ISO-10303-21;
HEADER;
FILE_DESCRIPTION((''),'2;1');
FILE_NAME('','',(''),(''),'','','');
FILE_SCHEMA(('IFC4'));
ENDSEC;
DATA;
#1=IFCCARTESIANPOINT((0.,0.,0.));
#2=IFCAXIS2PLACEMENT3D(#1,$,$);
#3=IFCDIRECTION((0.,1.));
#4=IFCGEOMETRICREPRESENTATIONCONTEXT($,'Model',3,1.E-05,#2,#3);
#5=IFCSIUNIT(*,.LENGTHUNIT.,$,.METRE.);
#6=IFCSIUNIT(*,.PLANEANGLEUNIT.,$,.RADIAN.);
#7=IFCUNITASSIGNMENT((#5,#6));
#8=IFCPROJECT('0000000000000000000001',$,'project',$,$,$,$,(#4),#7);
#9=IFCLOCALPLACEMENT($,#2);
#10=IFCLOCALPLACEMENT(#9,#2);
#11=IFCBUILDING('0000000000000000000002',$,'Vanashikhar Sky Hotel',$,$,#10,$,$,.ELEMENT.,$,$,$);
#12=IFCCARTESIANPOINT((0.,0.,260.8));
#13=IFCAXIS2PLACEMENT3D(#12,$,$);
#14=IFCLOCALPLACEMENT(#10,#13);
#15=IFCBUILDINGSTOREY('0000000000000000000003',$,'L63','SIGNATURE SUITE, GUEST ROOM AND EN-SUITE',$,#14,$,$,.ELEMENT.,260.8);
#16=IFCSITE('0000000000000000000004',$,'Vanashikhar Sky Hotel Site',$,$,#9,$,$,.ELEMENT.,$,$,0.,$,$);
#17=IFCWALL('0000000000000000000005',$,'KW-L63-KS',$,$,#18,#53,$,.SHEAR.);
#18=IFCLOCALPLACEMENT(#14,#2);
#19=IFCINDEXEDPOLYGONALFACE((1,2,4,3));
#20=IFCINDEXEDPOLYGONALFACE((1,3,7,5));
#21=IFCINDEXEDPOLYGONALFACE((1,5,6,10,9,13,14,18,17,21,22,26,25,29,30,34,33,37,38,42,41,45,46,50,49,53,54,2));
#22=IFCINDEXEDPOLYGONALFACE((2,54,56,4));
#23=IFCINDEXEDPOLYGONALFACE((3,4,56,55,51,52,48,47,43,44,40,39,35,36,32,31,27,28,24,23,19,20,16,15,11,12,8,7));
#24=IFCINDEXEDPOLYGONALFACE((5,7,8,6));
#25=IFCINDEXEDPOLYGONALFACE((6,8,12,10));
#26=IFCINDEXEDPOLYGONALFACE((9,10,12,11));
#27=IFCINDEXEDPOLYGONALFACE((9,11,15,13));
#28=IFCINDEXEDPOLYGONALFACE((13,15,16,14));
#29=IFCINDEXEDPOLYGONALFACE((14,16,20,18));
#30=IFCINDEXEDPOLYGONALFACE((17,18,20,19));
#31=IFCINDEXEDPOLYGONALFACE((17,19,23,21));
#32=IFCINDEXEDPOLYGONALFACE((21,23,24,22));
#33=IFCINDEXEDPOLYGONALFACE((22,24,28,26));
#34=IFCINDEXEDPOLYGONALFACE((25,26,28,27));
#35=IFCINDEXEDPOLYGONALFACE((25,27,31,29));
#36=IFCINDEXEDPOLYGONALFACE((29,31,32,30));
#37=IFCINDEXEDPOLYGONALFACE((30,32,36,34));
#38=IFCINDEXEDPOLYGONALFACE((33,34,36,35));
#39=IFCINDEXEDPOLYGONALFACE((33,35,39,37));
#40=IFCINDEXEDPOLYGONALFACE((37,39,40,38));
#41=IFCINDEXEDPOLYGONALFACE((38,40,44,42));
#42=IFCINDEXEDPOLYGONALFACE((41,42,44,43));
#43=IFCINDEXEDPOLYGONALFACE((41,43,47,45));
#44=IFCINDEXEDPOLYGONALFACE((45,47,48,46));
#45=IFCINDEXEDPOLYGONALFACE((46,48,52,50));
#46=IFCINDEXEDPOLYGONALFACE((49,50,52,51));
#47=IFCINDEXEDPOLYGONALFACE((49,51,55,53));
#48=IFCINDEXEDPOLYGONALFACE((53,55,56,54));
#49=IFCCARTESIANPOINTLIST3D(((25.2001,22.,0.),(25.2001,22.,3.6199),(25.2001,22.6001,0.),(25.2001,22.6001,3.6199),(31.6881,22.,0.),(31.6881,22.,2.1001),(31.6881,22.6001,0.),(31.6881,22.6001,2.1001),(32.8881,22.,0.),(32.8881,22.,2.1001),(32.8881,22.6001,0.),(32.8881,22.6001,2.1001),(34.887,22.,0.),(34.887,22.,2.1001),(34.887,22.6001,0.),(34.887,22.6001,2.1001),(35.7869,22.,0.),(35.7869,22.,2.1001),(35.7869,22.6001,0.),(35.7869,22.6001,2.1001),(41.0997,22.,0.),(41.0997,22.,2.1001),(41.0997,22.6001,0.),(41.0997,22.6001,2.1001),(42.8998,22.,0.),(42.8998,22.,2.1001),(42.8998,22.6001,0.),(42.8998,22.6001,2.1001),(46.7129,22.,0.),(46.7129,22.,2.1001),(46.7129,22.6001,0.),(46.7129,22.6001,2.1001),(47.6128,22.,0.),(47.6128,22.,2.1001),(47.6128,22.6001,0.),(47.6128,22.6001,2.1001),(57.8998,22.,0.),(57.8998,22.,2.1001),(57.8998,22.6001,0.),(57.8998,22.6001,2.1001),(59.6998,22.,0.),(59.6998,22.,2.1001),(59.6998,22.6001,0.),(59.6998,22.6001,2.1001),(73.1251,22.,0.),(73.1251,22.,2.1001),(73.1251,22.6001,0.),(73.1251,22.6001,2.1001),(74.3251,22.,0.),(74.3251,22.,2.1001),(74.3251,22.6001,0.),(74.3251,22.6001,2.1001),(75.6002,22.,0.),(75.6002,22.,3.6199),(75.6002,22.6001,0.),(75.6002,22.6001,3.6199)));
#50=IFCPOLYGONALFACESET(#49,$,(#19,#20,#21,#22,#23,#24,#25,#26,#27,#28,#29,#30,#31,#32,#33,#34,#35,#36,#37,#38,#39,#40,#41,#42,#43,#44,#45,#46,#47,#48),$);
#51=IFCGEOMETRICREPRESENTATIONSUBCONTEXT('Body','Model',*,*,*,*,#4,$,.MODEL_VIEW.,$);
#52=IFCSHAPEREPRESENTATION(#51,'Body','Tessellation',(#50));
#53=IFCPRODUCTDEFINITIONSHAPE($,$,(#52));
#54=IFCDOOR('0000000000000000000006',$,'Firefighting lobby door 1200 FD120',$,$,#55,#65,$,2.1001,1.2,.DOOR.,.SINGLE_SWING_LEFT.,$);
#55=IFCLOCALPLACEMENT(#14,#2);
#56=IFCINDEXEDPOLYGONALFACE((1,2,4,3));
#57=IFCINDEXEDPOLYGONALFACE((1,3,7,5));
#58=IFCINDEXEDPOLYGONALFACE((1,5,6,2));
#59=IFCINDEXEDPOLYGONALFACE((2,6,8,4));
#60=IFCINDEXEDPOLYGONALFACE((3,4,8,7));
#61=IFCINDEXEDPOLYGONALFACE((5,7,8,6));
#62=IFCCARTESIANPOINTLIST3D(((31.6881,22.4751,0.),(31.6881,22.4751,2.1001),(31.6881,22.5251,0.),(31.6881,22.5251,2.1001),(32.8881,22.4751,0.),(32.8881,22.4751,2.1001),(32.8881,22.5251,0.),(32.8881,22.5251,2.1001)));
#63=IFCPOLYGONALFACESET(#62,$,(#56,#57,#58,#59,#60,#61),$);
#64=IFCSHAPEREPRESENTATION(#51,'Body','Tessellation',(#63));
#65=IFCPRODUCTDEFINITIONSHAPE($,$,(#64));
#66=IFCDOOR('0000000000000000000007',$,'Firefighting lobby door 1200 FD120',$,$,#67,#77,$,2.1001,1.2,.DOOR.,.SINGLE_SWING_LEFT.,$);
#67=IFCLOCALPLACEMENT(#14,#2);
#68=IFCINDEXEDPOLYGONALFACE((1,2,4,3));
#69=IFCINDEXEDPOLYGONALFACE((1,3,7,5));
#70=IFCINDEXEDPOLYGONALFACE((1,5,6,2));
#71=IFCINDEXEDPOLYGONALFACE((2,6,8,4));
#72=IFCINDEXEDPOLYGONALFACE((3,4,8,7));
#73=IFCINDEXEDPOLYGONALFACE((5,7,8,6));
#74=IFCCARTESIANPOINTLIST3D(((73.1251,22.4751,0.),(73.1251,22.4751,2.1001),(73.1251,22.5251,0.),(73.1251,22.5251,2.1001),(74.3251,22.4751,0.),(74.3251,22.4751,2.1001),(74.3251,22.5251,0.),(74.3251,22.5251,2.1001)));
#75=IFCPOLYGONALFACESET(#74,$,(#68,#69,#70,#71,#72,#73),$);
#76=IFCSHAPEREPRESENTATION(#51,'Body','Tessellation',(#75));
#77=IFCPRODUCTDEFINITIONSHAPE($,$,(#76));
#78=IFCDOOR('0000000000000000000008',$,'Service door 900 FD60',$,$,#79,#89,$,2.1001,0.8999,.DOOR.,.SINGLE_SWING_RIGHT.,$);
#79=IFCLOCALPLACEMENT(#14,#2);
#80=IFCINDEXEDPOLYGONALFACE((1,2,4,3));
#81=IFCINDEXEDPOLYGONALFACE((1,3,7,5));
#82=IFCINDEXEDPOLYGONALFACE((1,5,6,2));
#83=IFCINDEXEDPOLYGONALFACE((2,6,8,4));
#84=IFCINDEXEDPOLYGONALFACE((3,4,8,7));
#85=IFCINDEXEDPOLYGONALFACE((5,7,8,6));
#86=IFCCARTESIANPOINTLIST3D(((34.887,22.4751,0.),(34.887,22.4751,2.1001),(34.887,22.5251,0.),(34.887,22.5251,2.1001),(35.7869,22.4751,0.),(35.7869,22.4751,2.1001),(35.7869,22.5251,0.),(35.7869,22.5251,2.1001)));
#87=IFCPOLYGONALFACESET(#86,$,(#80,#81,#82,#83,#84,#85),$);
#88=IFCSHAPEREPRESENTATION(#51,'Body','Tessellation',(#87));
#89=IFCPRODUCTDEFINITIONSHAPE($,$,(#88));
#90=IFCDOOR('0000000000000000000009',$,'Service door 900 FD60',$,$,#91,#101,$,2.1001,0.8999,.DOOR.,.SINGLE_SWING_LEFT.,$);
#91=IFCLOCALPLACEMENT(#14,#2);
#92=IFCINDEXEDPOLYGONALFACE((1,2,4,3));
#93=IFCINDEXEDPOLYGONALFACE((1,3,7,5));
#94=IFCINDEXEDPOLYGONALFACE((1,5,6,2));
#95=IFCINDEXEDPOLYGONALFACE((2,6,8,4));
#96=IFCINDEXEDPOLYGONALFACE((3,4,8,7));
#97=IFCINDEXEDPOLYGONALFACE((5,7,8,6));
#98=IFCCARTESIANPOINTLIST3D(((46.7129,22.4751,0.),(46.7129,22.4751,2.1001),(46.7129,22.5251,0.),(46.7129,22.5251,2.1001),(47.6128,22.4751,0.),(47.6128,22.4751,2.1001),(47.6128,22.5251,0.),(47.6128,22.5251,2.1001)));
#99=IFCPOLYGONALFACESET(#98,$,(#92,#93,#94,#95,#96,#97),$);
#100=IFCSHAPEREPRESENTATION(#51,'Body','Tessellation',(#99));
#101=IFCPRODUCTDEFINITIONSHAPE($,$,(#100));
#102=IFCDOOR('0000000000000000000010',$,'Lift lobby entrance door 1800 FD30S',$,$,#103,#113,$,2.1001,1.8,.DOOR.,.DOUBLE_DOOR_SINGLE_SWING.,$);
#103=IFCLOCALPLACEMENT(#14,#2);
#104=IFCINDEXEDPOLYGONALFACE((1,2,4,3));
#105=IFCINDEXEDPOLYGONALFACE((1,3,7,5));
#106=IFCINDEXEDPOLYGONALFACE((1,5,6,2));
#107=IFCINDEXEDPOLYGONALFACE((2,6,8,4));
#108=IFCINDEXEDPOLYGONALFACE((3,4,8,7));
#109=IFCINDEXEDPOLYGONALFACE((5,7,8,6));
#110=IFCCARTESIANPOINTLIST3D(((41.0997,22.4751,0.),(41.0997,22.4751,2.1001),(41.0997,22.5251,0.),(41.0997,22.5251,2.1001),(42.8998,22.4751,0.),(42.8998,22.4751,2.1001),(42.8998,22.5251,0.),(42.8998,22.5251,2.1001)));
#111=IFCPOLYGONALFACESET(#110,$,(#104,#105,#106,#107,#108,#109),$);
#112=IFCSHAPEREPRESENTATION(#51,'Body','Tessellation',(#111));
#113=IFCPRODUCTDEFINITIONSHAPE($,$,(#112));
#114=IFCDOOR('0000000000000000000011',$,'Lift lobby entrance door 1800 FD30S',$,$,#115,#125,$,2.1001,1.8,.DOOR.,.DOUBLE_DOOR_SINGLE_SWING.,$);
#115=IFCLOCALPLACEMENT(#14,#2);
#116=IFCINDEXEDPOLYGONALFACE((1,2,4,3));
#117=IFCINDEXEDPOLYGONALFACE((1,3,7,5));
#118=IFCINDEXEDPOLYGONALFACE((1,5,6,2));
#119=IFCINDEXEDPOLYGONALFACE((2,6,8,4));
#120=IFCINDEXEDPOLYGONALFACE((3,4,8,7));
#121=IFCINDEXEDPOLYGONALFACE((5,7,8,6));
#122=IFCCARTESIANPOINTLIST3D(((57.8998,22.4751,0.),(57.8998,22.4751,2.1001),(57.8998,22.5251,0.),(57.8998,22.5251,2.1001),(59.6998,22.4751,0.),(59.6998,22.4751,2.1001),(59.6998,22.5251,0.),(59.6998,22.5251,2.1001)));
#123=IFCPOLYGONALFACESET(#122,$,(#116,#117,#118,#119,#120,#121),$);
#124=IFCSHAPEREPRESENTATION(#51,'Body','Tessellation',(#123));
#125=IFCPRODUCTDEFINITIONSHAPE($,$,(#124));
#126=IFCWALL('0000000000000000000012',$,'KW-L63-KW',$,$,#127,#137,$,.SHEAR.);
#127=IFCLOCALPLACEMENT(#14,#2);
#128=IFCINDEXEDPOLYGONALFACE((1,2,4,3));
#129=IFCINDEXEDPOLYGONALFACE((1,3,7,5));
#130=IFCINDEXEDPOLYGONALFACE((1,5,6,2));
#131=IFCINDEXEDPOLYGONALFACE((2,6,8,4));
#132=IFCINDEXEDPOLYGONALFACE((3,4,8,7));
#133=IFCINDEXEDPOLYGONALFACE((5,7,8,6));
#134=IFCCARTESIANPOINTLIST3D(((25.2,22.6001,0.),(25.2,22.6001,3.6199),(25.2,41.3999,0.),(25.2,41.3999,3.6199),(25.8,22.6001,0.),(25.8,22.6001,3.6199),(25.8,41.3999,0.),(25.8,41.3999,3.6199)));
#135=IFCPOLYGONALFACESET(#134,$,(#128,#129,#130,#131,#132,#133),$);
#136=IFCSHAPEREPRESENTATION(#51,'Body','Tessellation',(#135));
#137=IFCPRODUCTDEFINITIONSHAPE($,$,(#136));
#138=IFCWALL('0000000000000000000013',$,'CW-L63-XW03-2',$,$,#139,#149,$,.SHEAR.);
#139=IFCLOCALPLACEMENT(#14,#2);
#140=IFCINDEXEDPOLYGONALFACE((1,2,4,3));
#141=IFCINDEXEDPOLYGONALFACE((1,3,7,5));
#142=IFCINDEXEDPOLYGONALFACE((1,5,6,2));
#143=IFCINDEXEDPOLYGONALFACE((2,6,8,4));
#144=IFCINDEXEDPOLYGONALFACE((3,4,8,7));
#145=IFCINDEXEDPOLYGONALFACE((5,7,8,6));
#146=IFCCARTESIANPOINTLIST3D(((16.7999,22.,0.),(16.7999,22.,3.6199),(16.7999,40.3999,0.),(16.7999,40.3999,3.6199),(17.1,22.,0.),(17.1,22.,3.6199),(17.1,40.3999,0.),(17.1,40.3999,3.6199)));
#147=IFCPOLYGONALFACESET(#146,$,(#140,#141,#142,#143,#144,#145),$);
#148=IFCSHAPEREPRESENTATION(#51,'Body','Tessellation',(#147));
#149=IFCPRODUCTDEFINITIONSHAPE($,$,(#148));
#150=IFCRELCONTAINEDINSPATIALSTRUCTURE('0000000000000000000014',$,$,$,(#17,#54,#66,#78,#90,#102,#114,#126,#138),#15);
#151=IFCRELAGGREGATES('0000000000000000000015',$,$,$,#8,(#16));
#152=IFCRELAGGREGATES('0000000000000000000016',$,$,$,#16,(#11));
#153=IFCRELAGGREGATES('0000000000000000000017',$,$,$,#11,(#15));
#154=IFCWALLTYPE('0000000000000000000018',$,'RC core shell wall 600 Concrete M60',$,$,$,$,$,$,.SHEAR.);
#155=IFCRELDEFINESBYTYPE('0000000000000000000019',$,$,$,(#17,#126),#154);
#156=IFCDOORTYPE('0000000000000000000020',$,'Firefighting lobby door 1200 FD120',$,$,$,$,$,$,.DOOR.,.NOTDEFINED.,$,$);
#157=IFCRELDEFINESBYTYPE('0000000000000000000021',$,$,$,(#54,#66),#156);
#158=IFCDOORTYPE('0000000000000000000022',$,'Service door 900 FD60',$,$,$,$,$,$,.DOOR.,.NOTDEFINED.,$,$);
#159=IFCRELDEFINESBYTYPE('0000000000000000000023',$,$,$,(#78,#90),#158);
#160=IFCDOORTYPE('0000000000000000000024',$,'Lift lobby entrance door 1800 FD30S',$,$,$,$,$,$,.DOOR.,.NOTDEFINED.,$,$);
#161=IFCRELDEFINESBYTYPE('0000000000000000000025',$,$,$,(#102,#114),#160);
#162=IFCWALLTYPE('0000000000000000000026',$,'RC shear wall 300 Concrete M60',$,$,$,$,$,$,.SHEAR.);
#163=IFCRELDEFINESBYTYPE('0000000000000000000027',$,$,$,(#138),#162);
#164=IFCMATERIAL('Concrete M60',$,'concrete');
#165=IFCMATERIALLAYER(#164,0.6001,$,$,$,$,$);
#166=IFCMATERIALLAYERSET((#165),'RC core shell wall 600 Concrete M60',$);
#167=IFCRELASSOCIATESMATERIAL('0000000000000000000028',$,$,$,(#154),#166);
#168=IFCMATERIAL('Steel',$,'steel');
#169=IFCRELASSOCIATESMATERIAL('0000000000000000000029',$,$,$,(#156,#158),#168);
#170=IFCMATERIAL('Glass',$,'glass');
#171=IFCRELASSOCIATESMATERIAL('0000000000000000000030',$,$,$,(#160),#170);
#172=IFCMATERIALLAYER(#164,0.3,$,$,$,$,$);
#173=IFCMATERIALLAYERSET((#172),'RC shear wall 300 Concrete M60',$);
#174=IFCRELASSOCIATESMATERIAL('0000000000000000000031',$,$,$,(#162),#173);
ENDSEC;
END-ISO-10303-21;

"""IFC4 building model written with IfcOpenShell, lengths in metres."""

from ifc_helpers import new_model, si_unit, direction, frame, frame_2d, origin, place, context, subcontext, project, spatial, rectangle, extrude, source, transform, mapped, material, layer, layer_set, type_object, element, fill, save


model = new_model("IFC4")

# Units and contexts
model_context = context("Model", 3, precision=1e-05, world=origin(), true_north=direction((0.0, 1.0)))
body_context = subcontext(model_context, "Body", "Model", "MODEL_VIEW")
ifc_project = project(units=[si_unit("LENGTHUNIT", "METRE"), si_unit("PLANEANGLEUNIT", "RADIAN")], contexts=[model_context])

# Site, building, storey
site_placement = place(None, origin())
site = spatial("IfcSite", under=ifc_project, at=site_placement, Name="Vanashikhar Sky Hotel Site", CompositionType="ELEMENT", RefElevation=0.0)
building_placement = place(site_placement, origin())
building = spatial("IfcBuilding", under=site, at=building_placement, Name="Vanashikhar Sky Hotel", CompositionType="ELEMENT")
storey_placement = place(building_placement, frame((0.0, 0.0, 260.8)))
storey = spatial("IfcBuildingStorey", under=building, at=storey_placement, Name="L63", Description="SIGNATURE SUITE, GUEST ROOM AND EN-SUITE", CompositionType="ELEMENT", Elevation=260.8)

# Wall, openings, doors
ifc_material_1 = material(Name="Concrete M60", Category="concrete")
ifc_layer_1 = layer(ifc_material_1, 0.6001)
ifc_layer_set_1 = layer_set([ifc_layer_1], Name="RC core shell wall 600 Concrete M60")
wall_type_1 = type_object("IfcWallType", Name="RC core shell wall 600 Concrete M60", PredefinedType="SHEAR", material=ifc_layer_set_1)
shared_shape_1 = source(origin(), body_context, "Body", "SweptSolid", [
    extrude(rectangle(XDim=50.4001, YDim=0.6001, at=frame_2d((25.2002, 0.0))), origin(), (0.0, 0.0, 1.0), 3.6199),
])
wall_1_placement = place(storey_placement, frame((25.2, 22.3, 0.0), z_axis=(0.0, 0.0, 1.0), x_axis=(1.0, 0.0, 0.0)))
wall_1 = element("IfcWall", 1, at=wall_1_placement, inside=storey, type_object=wall_type_1, Name="KW-L63-KS", PredefinedType="SHEAR", context=body_context, shape_type="MappedRepresentation", body=[
    mapped(shared_shape_1, transform((0.0, 0.0, 0.0), scale=1.0)),
])
shared_shape_2 = source(origin(), body_context, "Body", "SweptSolid", [
    extrude(rectangle(XDim=1.8, YDim=2.1001, at=frame_2d((0.8999, 1.05))), frame((0.0, 0.3101, 0.0), z_axis=(0.0, -1.0, 0.0), x_axis=(1.0, 0.0, 0.0)), (0.0, 0.0, 1.0), 0.6201),
])
opening_1_placement = place(wall_1_placement, frame((15.8999, 0.0, 0.0)))
opening_1 = element("IfcOpeningElement", 2, at=opening_1_placement, cuts=wall_1, PredefinedType="OPENING", context=body_context, shape_type="MappedRepresentation", body=[
    mapped(shared_shape_2, transform((0.0, 0.0, 0.0), scale=1.0)),
])
shared_shape_3 = source(origin(), body_context, "Body", "SweptSolid", [
    extrude(rectangle(XDim=0.8999, YDim=2.1001, at=frame_2d((0.45, 1.05))), frame((0.0, 0.3101, 0.0), z_axis=(0.0, -1.0, 0.0), x_axis=(1.0, 0.0, 0.0)), (0.0, 0.0, 1.0), 0.6201),
])
opening_2_placement = place(wall_1_placement, frame((9.687, 0.0, 0.0)))
opening_2 = element("IfcOpeningElement", 3, at=opening_2_placement, cuts=wall_1, PredefinedType="OPENING", context=body_context, shape_type="MappedRepresentation", body=[
    mapped(shared_shape_3, transform((0.0, 0.0, 0.0), scale=1.0)),
])
opening_3_placement = place(wall_1_placement, frame((21.5129, 0.0, 0.0)))
opening_3 = element("IfcOpeningElement", 4, at=opening_3_placement, cuts=wall_1, PredefinedType="OPENING", context=body_context, shape_type="MappedRepresentation", body=[
    mapped(shared_shape_3, transform((0.0, 0.0, 0.0), scale=1.0)),
])
opening_4_placement = place(wall_1_placement, frame((32.7, 0.0, 0.0)))
opening_4 = element("IfcOpeningElement", 5, at=opening_4_placement, cuts=wall_1, PredefinedType="OPENING", context=body_context, shape_type="MappedRepresentation", body=[
    mapped(shared_shape_2, transform((0.0, 0.0, 0.0), scale=1.0)),
])
shared_shape_4 = source(origin(), body_context, "Body", "SweptSolid", [
    extrude(rectangle(XDim=1.2, YDim=2.1001, at=frame_2d((0.6001, 1.05))), frame((0.0, 0.3101, 0.0), z_axis=(0.0, -1.0, 0.0), x_axis=(1.0, 0.0, 0.0)), (0.0, 0.0, 1.0), 0.6201),
])
opening_5_placement = place(wall_1_placement, frame((6.488, 0.0, 0.0)))
opening_5 = element("IfcOpeningElement", 6, at=opening_5_placement, cuts=wall_1, PredefinedType="OPENING", context=body_context, shape_type="MappedRepresentation", body=[
    mapped(shared_shape_4, transform((0.0, 0.0, 0.0), scale=1.0)),
])
opening_6_placement = place(wall_1_placement, frame((47.925, 0.0, 0.0)))
opening_6 = element("IfcOpeningElement", 7, at=opening_6_placement, cuts=wall_1, PredefinedType="OPENING", context=body_context, shape_type="MappedRepresentation", body=[
    mapped(shared_shape_4, transform((0.0, 0.0, 0.0), scale=1.0)),
])
ifc_material_2 = material(Name="Steel", Category="steel")
door_type_1 = type_object("IfcDoorType", Name="Firefighting lobby door 1200 FD120", OperationType="NOTDEFINED", PredefinedType="DOOR", material=ifc_material_2)
shared_shape_5 = source(origin(), body_context, "Body", "SweptSolid", [
    extrude(rectangle(XDim=1.2, YDim=2.1001, at=frame_2d((0.6001, 1.05))), frame((0.0, 0.2251, 0.0), z_axis=(0.0, -1.0, 0.0), x_axis=(1.0, 0.0, 0.0)), (0.0, 0.0, 1.0), 0.05),
])
door_1_placement = place(opening_5_placement, origin())
door_1 = element("IfcDoor", 8, at=door_1_placement, inside=storey, type_object=door_type_1, Name="Firefighting lobby door 1200 FD120", OperationType="SINGLE_SWING_LEFT", OverallHeight=2.1001, OverallWidth=1.2, PredefinedType="DOOR", context=body_context, shape_type="MappedRepresentation", body=[
    mapped(shared_shape_5, transform((0.0, 0.0, 0.0), scale=1.0)),
])
fill(opening_5, door_1)
door_2_placement = place(opening_6_placement, origin())
door_2 = element("IfcDoor", 9, at=door_2_placement, inside=storey, type_object=door_type_1, Name="Firefighting lobby door 1200 FD120", OperationType="SINGLE_SWING_LEFT", OverallHeight=2.1001, OverallWidth=1.2, PredefinedType="DOOR", context=body_context, shape_type="MappedRepresentation", body=[
    mapped(shared_shape_5, transform((0.0, 0.0, 0.0), scale=1.0)),
])
fill(opening_6, door_2)
door_type_2 = type_object("IfcDoorType", Name="Service door 900 FD60", OperationType="NOTDEFINED", PredefinedType="DOOR", material=ifc_material_2)
shared_shape_6 = source(origin(), body_context, "Body", "SweptSolid", [
    extrude(rectangle(XDim=0.8999, YDim=2.1001, at=frame_2d((0.45, 1.05))), frame((0.0, 0.2251, 0.0), z_axis=(0.0, -1.0, 0.0), x_axis=(1.0, 0.0, 0.0)), (0.0, 0.0, 1.0), 0.05),
])
door_3_placement = place(opening_2_placement, origin())
door_3 = element("IfcDoor", 10, at=door_3_placement, inside=storey, type_object=door_type_2, Name="Service door 900 FD60", OperationType="SINGLE_SWING_RIGHT", OverallHeight=2.1001, OverallWidth=0.8999, PredefinedType="DOOR", context=body_context, shape_type="MappedRepresentation", body=[
    mapped(shared_shape_6, transform((0.0, 0.0, 0.0), scale=1.0)),
])
fill(opening_2, door_3)
door_4_placement = place(opening_3_placement, origin())
door_4 = element("IfcDoor", 11, at=door_4_placement, inside=storey, type_object=door_type_2, Name="Service door 900 FD60", OperationType="SINGLE_SWING_LEFT", OverallHeight=2.1001, OverallWidth=0.8999, PredefinedType="DOOR", context=body_context, shape_type="MappedRepresentation", body=[
    mapped(shared_shape_6, transform((0.0, 0.0, 0.0), scale=1.0)),
])
fill(opening_3, door_4)
ifc_material_3 = material(Name="Glass", Category="glass")
door_type_3 = type_object("IfcDoorType", Name="Lift lobby entrance door 1800 FD30S", OperationType="NOTDEFINED", PredefinedType="DOOR", material=ifc_material_3)
shared_shape_7 = source(origin(), body_context, "Body", "SweptSolid", [
    extrude(rectangle(XDim=1.8, YDim=2.1001, at=frame_2d((0.8999, 1.05))), frame((0.0, 0.2251, 0.0), z_axis=(0.0, -1.0, 0.0), x_axis=(1.0, 0.0, 0.0)), (0.0, 0.0, 1.0), 0.05),
])
door_5_placement = place(opening_1_placement, origin())
door_5 = element("IfcDoor", 12, at=door_5_placement, inside=storey, type_object=door_type_3, Name="Lift lobby entrance door 1800 FD30S", OperationType="DOUBLE_DOOR_SINGLE_SWING", OverallHeight=2.1001, OverallWidth=1.8, PredefinedType="DOOR", context=body_context, shape_type="MappedRepresentation", body=[
    mapped(shared_shape_7, transform((0.0, 0.0, 0.0), scale=1.0)),
])
fill(opening_1, door_5)
door_6_placement = place(opening_4_placement, origin())
door_6 = element("IfcDoor", 13, at=door_6_placement, inside=storey, type_object=door_type_3, Name="Lift lobby entrance door 1800 FD30S", OperationType="DOUBLE_DOOR_SINGLE_SWING", OverallHeight=2.1001, OverallWidth=1.8, PredefinedType="DOOR", context=body_context, shape_type="MappedRepresentation", body=[
    mapped(shared_shape_7, transform((0.0, 0.0, 0.0), scale=1.0)),
])
fill(opening_4, door_6)

# Walls
shared_shape_8 = source(origin(), body_context, "Body", "SweptSolid", [
    extrude(rectangle(XDim=18.7998, YDim=0.6001, at=frame_2d((9.3999, 0.0))), origin(), (0.0, 0.0, 1.0), 3.6199),
])
wall_2_placement = place(storey_placement, frame((25.5, 22.6001, 0.0), z_axis=(0.0, 0.0, 1.0), x_axis=(0.0, 1.0, 0.0)))
element("IfcWall", 14, at=wall_2_placement, inside=storey, type_object=wall_type_1, Name="KW-L63-KW", PredefinedType="SHEAR", context=body_context, shape_type="MappedRepresentation", body=[
    mapped(shared_shape_8, transform((0.0, 0.0, 0.0), scale=1.0)),
])
ifc_layer_2 = layer(ifc_material_1, 0.3)
ifc_layer_set_2 = layer_set([ifc_layer_2], Name="RC shear wall 300 Concrete M60")
wall_type_2 = type_object("IfcWallType", Name="RC shear wall 300 Concrete M60", PredefinedType="SHEAR", material=ifc_layer_set_2)
shared_shape_9 = source(origin(), body_context, "Body", "SweptSolid", [
    extrude(rectangle(XDim=18.3999, YDim=0.3, at=frame_2d((9.2, 0.0))), origin(), (0.0, 0.0, 1.0), 3.6199),
])
wall_3_placement = place(storey_placement, frame((16.95, 22.0, 0.0), z_axis=(0.0, 0.0, 1.0), x_axis=(0.0, 1.0, 0.0)))
element("IfcWall", 15, at=wall_3_placement, inside=storey, type_object=wall_type_2, Name="CW-L63-XW03-2", PredefinedType="SHEAR", context=body_context, shape_type="MappedRepresentation", body=[
    mapped(shared_shape_9, transform((0.0, 0.0, 0.0), scale=1.0)),
])

save(model, "model.ifc")
